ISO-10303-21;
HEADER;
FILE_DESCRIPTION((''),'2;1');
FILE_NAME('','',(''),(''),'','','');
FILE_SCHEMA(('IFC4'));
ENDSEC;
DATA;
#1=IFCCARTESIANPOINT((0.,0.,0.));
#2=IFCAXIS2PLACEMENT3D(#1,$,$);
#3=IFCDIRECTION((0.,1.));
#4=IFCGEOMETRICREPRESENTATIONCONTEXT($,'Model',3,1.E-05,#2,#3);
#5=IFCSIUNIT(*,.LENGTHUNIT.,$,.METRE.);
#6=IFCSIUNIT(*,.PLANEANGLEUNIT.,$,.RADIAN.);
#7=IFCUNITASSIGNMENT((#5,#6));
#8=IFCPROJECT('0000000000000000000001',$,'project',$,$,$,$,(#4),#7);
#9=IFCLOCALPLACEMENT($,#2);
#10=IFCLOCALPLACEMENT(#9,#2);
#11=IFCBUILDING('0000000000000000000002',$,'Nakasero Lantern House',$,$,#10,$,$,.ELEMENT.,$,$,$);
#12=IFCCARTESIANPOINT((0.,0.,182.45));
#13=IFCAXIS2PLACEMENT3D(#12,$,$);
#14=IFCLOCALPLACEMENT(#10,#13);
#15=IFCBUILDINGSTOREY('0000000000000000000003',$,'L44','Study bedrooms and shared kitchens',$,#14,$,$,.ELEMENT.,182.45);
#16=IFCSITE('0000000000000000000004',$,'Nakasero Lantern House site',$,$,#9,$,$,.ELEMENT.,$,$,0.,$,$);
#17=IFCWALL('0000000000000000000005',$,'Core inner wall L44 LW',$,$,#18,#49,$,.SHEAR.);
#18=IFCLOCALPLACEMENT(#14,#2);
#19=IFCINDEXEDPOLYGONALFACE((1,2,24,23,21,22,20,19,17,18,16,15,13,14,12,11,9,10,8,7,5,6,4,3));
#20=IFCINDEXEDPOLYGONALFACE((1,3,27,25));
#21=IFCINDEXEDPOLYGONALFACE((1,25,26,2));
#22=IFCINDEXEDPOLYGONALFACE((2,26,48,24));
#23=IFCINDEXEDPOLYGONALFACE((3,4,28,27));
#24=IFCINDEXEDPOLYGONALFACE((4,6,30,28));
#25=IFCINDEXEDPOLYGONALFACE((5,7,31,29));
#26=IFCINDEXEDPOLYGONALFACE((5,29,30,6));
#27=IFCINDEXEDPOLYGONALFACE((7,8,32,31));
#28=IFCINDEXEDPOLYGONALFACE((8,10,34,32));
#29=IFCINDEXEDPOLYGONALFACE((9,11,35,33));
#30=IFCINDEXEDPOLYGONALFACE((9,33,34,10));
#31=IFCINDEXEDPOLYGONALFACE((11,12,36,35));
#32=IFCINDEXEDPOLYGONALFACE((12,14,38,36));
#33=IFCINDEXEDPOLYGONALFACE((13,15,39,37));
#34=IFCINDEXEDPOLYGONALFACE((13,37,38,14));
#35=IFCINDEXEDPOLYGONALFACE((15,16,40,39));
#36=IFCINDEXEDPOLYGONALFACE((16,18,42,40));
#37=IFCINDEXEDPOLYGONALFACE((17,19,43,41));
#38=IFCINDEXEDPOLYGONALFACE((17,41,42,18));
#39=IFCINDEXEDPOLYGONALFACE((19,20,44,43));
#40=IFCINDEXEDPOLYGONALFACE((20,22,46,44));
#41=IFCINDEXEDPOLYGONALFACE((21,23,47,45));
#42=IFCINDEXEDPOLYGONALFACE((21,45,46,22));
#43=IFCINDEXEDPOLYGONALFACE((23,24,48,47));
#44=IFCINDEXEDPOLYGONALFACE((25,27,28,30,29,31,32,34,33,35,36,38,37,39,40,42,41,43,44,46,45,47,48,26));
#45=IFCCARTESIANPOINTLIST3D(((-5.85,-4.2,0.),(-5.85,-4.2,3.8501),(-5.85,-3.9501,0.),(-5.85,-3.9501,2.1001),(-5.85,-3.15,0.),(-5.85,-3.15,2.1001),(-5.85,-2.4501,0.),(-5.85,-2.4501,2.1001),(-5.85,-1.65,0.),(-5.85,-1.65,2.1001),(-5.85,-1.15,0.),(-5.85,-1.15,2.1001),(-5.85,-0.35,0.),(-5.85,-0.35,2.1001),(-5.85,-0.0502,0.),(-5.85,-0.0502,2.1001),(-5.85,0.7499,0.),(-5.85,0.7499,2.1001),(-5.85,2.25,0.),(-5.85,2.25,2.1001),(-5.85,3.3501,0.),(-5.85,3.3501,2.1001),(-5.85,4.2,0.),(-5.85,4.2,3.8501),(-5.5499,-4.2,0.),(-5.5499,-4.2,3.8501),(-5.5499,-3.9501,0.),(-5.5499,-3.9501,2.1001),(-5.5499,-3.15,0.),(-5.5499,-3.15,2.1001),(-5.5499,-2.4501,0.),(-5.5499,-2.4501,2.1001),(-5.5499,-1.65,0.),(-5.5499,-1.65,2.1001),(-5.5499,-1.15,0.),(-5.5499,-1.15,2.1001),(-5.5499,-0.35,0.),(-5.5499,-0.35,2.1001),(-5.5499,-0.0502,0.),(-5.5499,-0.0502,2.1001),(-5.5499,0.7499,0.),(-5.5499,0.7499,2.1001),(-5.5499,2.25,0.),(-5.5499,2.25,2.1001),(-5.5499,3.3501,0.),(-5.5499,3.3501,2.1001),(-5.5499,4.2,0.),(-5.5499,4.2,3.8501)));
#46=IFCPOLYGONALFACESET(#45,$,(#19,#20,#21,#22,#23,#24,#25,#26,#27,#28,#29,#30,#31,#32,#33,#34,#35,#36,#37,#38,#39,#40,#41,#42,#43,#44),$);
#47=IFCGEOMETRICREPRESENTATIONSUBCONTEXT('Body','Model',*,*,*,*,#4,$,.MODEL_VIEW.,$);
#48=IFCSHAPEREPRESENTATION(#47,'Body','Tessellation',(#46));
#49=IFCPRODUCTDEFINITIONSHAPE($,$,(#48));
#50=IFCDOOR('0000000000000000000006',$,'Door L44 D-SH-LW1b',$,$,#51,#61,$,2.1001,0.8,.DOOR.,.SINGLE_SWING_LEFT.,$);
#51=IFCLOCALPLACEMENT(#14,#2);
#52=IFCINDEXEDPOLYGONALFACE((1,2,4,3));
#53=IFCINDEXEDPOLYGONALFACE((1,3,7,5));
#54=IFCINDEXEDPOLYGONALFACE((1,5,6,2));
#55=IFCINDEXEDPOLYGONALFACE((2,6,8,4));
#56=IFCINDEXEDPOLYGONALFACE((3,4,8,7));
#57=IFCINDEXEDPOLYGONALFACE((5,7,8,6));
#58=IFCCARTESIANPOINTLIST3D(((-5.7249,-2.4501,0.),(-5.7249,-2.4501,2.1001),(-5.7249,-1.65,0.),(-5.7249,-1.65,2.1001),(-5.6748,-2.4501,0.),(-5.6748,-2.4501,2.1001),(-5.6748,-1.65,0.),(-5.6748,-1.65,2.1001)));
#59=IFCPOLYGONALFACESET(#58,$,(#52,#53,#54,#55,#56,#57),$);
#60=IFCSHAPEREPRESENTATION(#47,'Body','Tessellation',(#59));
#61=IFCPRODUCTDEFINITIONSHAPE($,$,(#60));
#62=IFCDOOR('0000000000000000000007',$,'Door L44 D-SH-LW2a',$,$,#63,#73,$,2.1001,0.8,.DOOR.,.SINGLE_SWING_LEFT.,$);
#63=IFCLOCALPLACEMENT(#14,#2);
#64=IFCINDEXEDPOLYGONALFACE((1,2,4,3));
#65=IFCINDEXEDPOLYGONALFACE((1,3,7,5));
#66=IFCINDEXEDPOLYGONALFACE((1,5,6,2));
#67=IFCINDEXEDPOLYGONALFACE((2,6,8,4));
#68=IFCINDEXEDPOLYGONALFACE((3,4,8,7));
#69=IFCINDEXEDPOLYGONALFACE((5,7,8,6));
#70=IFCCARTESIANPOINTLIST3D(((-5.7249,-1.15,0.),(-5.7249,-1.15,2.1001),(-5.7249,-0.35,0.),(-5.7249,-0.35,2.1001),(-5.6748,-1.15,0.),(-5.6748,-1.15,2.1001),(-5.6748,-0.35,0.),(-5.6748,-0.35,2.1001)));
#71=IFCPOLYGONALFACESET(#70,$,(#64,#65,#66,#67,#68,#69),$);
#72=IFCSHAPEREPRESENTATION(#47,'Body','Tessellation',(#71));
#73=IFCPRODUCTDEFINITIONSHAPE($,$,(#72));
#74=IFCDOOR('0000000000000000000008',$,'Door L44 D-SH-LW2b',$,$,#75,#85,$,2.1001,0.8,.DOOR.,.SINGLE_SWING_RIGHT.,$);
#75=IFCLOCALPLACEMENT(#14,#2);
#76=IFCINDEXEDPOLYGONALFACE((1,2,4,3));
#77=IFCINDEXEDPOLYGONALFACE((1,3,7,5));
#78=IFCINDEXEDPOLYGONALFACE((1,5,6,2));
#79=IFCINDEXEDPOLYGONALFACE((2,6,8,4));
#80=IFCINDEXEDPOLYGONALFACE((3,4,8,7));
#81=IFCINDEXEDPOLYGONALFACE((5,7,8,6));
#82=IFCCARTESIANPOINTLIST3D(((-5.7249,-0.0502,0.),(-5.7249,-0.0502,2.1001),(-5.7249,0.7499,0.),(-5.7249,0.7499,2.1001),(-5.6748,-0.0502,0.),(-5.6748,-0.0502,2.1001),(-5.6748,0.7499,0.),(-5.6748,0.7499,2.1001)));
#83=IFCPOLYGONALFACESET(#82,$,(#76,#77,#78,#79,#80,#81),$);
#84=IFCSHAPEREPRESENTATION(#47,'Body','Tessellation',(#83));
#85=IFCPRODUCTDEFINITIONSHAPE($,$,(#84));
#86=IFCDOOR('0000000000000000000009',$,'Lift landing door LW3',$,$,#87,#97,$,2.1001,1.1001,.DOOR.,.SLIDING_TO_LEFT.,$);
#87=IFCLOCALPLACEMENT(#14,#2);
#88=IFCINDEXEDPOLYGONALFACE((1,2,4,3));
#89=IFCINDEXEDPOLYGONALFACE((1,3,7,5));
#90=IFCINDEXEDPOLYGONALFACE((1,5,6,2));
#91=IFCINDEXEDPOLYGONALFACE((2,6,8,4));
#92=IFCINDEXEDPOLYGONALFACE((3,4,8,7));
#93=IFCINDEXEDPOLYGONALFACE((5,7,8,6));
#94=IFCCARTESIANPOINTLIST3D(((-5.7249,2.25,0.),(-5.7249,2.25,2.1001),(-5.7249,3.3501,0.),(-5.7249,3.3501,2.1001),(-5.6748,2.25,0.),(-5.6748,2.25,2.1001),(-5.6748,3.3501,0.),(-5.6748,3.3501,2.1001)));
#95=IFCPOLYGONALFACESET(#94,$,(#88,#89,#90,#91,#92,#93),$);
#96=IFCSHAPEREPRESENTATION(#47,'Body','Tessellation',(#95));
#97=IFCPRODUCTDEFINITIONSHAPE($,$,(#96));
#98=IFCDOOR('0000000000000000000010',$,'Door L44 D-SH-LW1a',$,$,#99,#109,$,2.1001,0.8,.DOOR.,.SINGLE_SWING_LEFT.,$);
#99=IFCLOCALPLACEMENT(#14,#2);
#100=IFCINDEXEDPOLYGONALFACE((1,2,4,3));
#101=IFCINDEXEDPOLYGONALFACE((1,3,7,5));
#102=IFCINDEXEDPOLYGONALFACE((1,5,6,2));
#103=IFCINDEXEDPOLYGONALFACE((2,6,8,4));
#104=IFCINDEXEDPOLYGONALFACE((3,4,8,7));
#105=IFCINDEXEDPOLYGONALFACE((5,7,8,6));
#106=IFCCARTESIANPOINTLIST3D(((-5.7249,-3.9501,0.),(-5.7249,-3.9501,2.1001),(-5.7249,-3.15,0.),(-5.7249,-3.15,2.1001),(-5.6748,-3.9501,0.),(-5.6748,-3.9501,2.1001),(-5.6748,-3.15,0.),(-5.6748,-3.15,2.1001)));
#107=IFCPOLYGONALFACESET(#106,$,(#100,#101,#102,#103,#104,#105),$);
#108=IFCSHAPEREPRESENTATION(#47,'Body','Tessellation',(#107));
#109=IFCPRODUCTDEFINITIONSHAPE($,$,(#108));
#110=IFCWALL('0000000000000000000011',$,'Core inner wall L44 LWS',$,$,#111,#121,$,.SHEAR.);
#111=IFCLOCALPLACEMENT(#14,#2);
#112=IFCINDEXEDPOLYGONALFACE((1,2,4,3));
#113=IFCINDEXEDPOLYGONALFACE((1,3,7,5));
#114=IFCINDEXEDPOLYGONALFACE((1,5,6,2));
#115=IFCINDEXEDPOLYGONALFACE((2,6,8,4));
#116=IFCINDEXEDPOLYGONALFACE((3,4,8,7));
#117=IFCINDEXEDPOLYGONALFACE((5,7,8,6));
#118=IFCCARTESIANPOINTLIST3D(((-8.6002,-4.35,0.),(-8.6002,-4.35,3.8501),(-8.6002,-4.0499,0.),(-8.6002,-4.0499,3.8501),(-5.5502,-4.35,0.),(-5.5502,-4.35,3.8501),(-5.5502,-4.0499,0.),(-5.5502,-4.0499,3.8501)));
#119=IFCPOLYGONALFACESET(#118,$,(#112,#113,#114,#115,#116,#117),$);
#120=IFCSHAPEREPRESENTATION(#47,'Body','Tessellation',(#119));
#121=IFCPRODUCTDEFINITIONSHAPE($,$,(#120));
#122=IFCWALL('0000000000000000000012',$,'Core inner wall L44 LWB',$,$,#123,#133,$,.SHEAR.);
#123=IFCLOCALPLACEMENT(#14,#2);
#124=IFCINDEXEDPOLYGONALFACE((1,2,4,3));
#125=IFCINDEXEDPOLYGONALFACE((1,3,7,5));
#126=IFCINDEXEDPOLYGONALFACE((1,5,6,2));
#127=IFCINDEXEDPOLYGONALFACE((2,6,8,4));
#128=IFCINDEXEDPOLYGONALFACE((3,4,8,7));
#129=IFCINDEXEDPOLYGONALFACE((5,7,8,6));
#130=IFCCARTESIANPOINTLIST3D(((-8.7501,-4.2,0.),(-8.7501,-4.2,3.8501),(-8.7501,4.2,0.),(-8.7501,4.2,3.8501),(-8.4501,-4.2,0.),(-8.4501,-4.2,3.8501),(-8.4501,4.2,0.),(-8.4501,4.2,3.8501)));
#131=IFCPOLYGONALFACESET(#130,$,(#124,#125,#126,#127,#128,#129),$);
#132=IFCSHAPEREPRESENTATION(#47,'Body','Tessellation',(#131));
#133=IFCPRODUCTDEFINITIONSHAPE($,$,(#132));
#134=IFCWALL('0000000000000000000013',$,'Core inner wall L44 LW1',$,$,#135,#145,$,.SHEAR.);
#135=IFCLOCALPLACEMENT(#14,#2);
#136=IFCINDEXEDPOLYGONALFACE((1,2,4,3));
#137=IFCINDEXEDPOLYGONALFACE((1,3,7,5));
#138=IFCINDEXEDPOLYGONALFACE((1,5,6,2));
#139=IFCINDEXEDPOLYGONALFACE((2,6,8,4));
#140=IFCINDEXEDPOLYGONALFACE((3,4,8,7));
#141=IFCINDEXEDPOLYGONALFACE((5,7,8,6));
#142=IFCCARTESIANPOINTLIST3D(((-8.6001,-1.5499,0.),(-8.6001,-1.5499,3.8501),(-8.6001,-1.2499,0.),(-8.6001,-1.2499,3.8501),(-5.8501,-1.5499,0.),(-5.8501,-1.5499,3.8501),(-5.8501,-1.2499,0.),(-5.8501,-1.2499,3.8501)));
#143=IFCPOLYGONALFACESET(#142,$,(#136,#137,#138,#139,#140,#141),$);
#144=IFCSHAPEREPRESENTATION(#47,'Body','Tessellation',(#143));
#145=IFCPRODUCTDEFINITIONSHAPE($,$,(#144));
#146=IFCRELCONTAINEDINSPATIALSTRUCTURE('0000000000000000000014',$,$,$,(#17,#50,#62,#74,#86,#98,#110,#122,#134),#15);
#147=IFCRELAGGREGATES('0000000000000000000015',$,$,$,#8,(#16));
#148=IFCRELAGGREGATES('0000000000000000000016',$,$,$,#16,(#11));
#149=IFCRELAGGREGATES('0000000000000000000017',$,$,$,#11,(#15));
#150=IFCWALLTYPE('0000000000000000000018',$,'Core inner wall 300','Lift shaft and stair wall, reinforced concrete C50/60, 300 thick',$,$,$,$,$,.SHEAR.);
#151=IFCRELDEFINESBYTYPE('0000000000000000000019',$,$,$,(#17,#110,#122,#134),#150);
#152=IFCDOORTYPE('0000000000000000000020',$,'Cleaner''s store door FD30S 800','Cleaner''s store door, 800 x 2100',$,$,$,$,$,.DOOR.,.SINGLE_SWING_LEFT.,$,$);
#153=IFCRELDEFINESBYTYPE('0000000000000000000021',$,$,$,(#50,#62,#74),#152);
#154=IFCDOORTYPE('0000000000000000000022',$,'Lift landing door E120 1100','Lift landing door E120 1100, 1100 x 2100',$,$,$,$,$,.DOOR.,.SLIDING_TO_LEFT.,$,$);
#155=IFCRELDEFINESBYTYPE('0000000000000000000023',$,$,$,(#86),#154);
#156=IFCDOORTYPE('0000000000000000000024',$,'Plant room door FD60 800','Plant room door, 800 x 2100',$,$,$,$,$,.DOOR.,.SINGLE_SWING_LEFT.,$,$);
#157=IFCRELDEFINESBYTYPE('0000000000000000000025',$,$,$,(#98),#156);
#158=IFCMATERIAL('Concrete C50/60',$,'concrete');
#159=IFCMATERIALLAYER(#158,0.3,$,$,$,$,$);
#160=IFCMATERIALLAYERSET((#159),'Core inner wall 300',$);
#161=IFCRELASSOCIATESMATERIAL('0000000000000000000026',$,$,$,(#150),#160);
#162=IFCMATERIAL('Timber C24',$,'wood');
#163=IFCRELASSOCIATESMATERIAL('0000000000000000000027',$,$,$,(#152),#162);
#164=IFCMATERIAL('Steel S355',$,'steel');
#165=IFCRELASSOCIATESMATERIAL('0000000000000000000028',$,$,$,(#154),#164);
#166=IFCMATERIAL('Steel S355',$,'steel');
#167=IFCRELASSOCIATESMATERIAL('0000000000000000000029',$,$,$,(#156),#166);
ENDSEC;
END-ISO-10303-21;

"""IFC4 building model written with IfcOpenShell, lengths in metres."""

from ifc_helpers import new_model, si_unit, direction, frame, frame_2d, origin, place, context, subcontext, project, spatial, rectangle, extrude, material, layer, layer_set, type_object, element, fill, save


model = new_model("IFC4")

# Units and contexts
model_context = context("Model", 3, precision=1e-05, world=origin(), true_north=direction((0.0, 1.0)))
body_context = subcontext(model_context, "Body", "Model", "MODEL_VIEW")
ifc_project = project(units=[si_unit("LENGTHUNIT", "METRE"), si_unit("PLANEANGLEUNIT", "RADIAN")], contexts=[model_context])

# Site, building, storey
site_placement = place(None, origin())
site = spatial("IfcSite", under=ifc_project, at=site_placement, Name="Nakasero Lantern House site", CompositionType="ELEMENT", RefElevation=0.0)
building_placement = place(site_placement, origin())
building = spatial("IfcBuilding", under=site, at=building_placement, Name="Nakasero Lantern House", CompositionType="ELEMENT")
storey_placement = place(building_placement, frame((0.0, 0.0, 182.45)))
storey = spatial("IfcBuildingStorey", under=building, at=storey_placement, Name="L44", Description="Study bedrooms and shared kitchens", CompositionType="ELEMENT", Elevation=182.45)

# Wall, openings, doors
ifc_material_1 = material(Name="Concrete C50/60", Category="concrete")
ifc_layer_1 = layer(ifc_material_1, 0.3)
ifc_layer_set_1 = layer_set([ifc_layer_1], Name="Core inner wall 300")
wall_type_1 = type_object("IfcWallType", Name="Core inner wall 300", Description="Lift shaft and stair wall, reinforced concrete C50/60, 300 thick", PredefinedType="SHEAR", material=ifc_layer_set_1)
wall_1_placement = place(storey_placement, frame((-5.7, -4.2, 0.0), z_axis=(0.0, 0.0, 1.0), x_axis=(0.0, 1.0, 0.0)))
wall_1 = element("IfcWall", 1, at=wall_1_placement, inside=storey, type_object=wall_type_1, Name="Core inner wall L44 LW", PredefinedType="SHEAR", context=body_context, shape_type="SweptSolid", body=[
    extrude(rectangle(XDim=8.3999, YDim=0.3, at=frame_2d((4.2, 0.0))), origin(), (0.0, 0.0, 1.0), 3.8501),
])
opening_1_placement = place(wall_1_placement, frame((0.25, 0.0, 0.0)))
opening_1 = element("IfcOpeningElement", 2, at=opening_1_placement, cuts=wall_1, PredefinedType="OPENING", context=body_context, shape_type="SweptSolid", body=[
    extrude(rectangle(XDim=0.8, YDim=2.1001, at=frame_2d((0.3999, 1.05))), frame((0.0, 0.1699, 0.0), z_axis=(0.0, -1.0, 0.0), x_axis=(1.0, 0.0, 0.0)), (0.0, 0.0, 1.0), 0.3401),
])
opening_2_placement = place(wall_1_placement, frame((1.75, 0.0, 0.0)))
opening_2 = element("IfcOpeningElement", 3, at=opening_2_placement, cuts=wall_1, PredefinedType="OPENING", context=body_context, shape_type="SweptSolid", body=[
    extrude(rectangle(XDim=0.8, YDim=2.1001, at=frame_2d((0.3999, 1.05))), frame((0.0, 0.1699, 0.0), z_axis=(0.0, -1.0, 0.0), x_axis=(1.0, 0.0, 0.0)), (0.0, 0.0, 1.0), 0.3401),
])
opening_3_placement = place(wall_1_placement, frame((3.05, 0.0, 0.0)))
opening_3 = element("IfcOpeningElement", 4, at=opening_3_placement, cuts=wall_1, PredefinedType="OPENING", context=body_context, shape_type="SweptSolid", body=[
    extrude(rectangle(XDim=0.8, YDim=2.1001, at=frame_2d((0.3999, 1.05))), frame((0.0, 0.1699, 0.0), z_axis=(0.0, -1.0, 0.0), x_axis=(1.0, 0.0, 0.0)), (0.0, 0.0, 1.0), 0.3401),
])
opening_4_placement = place(wall_1_placement, frame((4.1499, 0.0, 0.0)))
opening_4 = element("IfcOpeningElement", 5, at=opening_4_placement, cuts=wall_1, PredefinedType="OPENING", context=body_context, shape_type="SweptSolid", body=[
    extrude(rectangle(XDim=0.8, YDim=2.1001, at=frame_2d((0.3999, 1.05))), frame((0.0, 0.1699, 0.0), z_axis=(0.0, -1.0, 0.0), x_axis=(1.0, 0.0, 0.0)), (0.0, 0.0, 1.0), 0.3401),
])
opening_5_placement = place(wall_1_placement, frame((6.45, 0.0, 0.0)))
opening_5 = element("IfcOpeningElement", 6, at=opening_5_placement, cuts=wall_1, PredefinedType="OPENING", context=body_context, shape_type="SweptSolid", body=[
    extrude(rectangle(XDim=1.1001, YDim=2.1001, at=frame_2d((0.55, 1.05))), frame((0.0, 0.1699, 0.0), z_axis=(0.0, -1.0, 0.0), x_axis=(1.0, 0.0, 0.0)), (0.0, 0.0, 1.0), 0.3401),
])
ifc_material_2 = material(Name="Timber C24", Category="wood")
door_type_1 = type_object("IfcDoorType", Name="Cleaner's store door FD30S 800", Description="Cleaner's store door, 800 x 2100", OperationType="SINGLE_SWING_LEFT", PredefinedType="DOOR", material=ifc_material_2)
door_1_placement = place(opening_2_placement, origin())
door_1 = element("IfcDoor", 7, at=door_1_placement, inside=storey, type_object=door_type_1, Name="Door L44 D-SH-LW1b", OperationType="SINGLE_SWING_LEFT", OverallHeight=2.1001, OverallWidth=0.8, PredefinedType="DOOR", context=body_context, shape_type="SweptSolid", body=[
    extrude(rectangle(XDim=0.8, YDim=2.1001, at=frame_2d((0.3999, 1.05))), frame((0.0, 0.0249, 0.0), z_axis=(0.0, -1.0, 0.0), x_axis=(1.0, 0.0, 0.0)), (0.0, 0.0, 1.0), 0.05),
])
fill(opening_2, door_1)
door_2_placement = place(opening_3_placement, origin())
door_2 = element("IfcDoor", 8, at=door_2_placement, inside=storey, type_object=door_type_1, Name="Door L44 D-SH-LW2a", OperationType="SINGLE_SWING_LEFT", OverallHeight=2.1001, OverallWidth=0.8, PredefinedType="DOOR", context=body_context, shape_type="SweptSolid", body=[
    extrude(rectangle(XDim=0.8, YDim=2.1001, at=frame_2d((0.3999, 1.05))), frame((0.0, 0.0249, 0.0), z_axis=(0.0, -1.0, 0.0), x_axis=(1.0, 0.0, 0.0)), (0.0, 0.0, 1.0), 0.05),
])
fill(opening_3, door_2)
door_3_placement = place(opening_4_placement, origin())
door_3 = element("IfcDoor", 9, at=door_3_placement, inside=storey, type_object=door_type_1, Name="Door L44 D-SH-LW2b", OperationType="SINGLE_SWING_RIGHT", OverallHeight=2.1001, OverallWidth=0.8, PredefinedType="DOOR", context=body_context, shape_type="SweptSolid", body=[
    extrude(rectangle(XDim=0.8, YDim=2.1001, at=frame_2d((0.3999, 1.05))), frame((0.0, 0.0249, 0.0), z_axis=(0.0, -1.0, 0.0), x_axis=(1.0, 0.0, 0.0)), (0.0, 0.0, 1.0), 0.05),
])
fill(opening_4, door_3)
ifc_material_3 = material(Name="Steel S355", Category="steel")
door_type_2 = type_object("IfcDoorType", Name="Lift landing door E120 1100", Description="Lift landing door E120 1100, 1100 x 2100", OperationType="SLIDING_TO_LEFT", PredefinedType="DOOR", material=ifc_material_3)
door_4_placement = place(opening_5_placement, origin())
door_4 = element("IfcDoor", 10, at=door_4_placement, inside=storey, type_object=door_type_2, Name="Lift landing door LW3", OperationType="SLIDING_TO_LEFT", OverallHeight=2.1001, OverallWidth=1.1001, PredefinedType="DOOR", context=body_context, shape_type="SweptSolid", body=[
    extrude(rectangle(XDim=1.1001, YDim=2.1001, at=frame_2d((0.55, 1.05))), frame((0.0, 0.0249, 0.0), z_axis=(0.0, -1.0, 0.0), x_axis=(1.0, 0.0, 0.0)), (0.0, 0.0, 1.0), 0.05),
])
fill(opening_5, door_4)
ifc_material_4 = material(Name="Steel S355", Category="steel")
door_type_3 = type_object("IfcDoorType", Name="Plant room door FD60 800", Description="Plant room door, 800 x 2100", OperationType="SINGLE_SWING_LEFT", PredefinedType="DOOR", material=ifc_material_4)
door_5_placement = place(opening_1_placement, origin())
door_5 = element("IfcDoor", 11, at=door_5_placement, inside=storey, type_object=door_type_3, Name="Door L44 D-SH-LW1a", OperationType="SINGLE_SWING_LEFT", OverallHeight=2.1001, OverallWidth=0.8, PredefinedType="DOOR", context=body_context, shape_type="SweptSolid", body=[
    extrude(rectangle(XDim=0.8, YDim=2.1001, at=frame_2d((0.3999, 1.05))), frame((0.0, 0.0249, 0.0), z_axis=(0.0, -1.0, 0.0), x_axis=(1.0, 0.0, 0.0)), (0.0, 0.0, 1.0), 0.05),
])
fill(opening_1, door_5)

# Walls
wall_2_placement = place(storey_placement, frame((-8.6001, -4.2, 0.0), z_axis=(0.0, 0.0, 1.0), x_axis=(1.0, 0.0, 0.0)))
element("IfcWall", 12, at=wall_2_placement, inside=storey, type_object=wall_type_1, Name="Core inner wall L44 LWS", PredefinedType="SHEAR", context=body_context, shape_type="SweptSolid", body=[
    extrude(rectangle(XDim=3.05, YDim=0.3, at=frame_2d((1.5249, 0.0))), origin(), (0.0, 0.0, 1.0), 3.8501),
])
wall_3_placement = place(storey_placement, frame((-8.6001, -4.2, 0.0), z_axis=(0.0, 0.0, 1.0), x_axis=(0.0, 1.0, 0.0)))
element("IfcWall", 13, at=wall_3_placement, inside=storey, type_object=wall_type_1, Name="Core inner wall L44 LWB", PredefinedType="SHEAR", context=body_context, shape_type="SweptSolid", body=[
    extrude(rectangle(XDim=8.3999, YDim=0.3, at=frame_2d((4.2, 0.0))), origin(), (0.0, 0.0, 1.0), 3.8501),
])
wall_4_placement = place(storey_placement, frame((-8.6001, -1.3999, 0.0), z_axis=(0.0, 0.0, 1.0), x_axis=(1.0, 0.0, 0.0)))
element("IfcWall", 14, at=wall_4_placement, inside=storey, type_object=wall_type_1, Name="Core inner wall L44 LW1", PredefinedType="SHEAR", context=body_context, shape_type="SweptSolid", body=[
    extrude(rectangle(XDim=2.75, YDim=0.3, at=frame_2d((1.375, 0.0))), origin(), (0.0, 0.0, 1.0), 3.8501),
])

save(model, "model.ifc")
